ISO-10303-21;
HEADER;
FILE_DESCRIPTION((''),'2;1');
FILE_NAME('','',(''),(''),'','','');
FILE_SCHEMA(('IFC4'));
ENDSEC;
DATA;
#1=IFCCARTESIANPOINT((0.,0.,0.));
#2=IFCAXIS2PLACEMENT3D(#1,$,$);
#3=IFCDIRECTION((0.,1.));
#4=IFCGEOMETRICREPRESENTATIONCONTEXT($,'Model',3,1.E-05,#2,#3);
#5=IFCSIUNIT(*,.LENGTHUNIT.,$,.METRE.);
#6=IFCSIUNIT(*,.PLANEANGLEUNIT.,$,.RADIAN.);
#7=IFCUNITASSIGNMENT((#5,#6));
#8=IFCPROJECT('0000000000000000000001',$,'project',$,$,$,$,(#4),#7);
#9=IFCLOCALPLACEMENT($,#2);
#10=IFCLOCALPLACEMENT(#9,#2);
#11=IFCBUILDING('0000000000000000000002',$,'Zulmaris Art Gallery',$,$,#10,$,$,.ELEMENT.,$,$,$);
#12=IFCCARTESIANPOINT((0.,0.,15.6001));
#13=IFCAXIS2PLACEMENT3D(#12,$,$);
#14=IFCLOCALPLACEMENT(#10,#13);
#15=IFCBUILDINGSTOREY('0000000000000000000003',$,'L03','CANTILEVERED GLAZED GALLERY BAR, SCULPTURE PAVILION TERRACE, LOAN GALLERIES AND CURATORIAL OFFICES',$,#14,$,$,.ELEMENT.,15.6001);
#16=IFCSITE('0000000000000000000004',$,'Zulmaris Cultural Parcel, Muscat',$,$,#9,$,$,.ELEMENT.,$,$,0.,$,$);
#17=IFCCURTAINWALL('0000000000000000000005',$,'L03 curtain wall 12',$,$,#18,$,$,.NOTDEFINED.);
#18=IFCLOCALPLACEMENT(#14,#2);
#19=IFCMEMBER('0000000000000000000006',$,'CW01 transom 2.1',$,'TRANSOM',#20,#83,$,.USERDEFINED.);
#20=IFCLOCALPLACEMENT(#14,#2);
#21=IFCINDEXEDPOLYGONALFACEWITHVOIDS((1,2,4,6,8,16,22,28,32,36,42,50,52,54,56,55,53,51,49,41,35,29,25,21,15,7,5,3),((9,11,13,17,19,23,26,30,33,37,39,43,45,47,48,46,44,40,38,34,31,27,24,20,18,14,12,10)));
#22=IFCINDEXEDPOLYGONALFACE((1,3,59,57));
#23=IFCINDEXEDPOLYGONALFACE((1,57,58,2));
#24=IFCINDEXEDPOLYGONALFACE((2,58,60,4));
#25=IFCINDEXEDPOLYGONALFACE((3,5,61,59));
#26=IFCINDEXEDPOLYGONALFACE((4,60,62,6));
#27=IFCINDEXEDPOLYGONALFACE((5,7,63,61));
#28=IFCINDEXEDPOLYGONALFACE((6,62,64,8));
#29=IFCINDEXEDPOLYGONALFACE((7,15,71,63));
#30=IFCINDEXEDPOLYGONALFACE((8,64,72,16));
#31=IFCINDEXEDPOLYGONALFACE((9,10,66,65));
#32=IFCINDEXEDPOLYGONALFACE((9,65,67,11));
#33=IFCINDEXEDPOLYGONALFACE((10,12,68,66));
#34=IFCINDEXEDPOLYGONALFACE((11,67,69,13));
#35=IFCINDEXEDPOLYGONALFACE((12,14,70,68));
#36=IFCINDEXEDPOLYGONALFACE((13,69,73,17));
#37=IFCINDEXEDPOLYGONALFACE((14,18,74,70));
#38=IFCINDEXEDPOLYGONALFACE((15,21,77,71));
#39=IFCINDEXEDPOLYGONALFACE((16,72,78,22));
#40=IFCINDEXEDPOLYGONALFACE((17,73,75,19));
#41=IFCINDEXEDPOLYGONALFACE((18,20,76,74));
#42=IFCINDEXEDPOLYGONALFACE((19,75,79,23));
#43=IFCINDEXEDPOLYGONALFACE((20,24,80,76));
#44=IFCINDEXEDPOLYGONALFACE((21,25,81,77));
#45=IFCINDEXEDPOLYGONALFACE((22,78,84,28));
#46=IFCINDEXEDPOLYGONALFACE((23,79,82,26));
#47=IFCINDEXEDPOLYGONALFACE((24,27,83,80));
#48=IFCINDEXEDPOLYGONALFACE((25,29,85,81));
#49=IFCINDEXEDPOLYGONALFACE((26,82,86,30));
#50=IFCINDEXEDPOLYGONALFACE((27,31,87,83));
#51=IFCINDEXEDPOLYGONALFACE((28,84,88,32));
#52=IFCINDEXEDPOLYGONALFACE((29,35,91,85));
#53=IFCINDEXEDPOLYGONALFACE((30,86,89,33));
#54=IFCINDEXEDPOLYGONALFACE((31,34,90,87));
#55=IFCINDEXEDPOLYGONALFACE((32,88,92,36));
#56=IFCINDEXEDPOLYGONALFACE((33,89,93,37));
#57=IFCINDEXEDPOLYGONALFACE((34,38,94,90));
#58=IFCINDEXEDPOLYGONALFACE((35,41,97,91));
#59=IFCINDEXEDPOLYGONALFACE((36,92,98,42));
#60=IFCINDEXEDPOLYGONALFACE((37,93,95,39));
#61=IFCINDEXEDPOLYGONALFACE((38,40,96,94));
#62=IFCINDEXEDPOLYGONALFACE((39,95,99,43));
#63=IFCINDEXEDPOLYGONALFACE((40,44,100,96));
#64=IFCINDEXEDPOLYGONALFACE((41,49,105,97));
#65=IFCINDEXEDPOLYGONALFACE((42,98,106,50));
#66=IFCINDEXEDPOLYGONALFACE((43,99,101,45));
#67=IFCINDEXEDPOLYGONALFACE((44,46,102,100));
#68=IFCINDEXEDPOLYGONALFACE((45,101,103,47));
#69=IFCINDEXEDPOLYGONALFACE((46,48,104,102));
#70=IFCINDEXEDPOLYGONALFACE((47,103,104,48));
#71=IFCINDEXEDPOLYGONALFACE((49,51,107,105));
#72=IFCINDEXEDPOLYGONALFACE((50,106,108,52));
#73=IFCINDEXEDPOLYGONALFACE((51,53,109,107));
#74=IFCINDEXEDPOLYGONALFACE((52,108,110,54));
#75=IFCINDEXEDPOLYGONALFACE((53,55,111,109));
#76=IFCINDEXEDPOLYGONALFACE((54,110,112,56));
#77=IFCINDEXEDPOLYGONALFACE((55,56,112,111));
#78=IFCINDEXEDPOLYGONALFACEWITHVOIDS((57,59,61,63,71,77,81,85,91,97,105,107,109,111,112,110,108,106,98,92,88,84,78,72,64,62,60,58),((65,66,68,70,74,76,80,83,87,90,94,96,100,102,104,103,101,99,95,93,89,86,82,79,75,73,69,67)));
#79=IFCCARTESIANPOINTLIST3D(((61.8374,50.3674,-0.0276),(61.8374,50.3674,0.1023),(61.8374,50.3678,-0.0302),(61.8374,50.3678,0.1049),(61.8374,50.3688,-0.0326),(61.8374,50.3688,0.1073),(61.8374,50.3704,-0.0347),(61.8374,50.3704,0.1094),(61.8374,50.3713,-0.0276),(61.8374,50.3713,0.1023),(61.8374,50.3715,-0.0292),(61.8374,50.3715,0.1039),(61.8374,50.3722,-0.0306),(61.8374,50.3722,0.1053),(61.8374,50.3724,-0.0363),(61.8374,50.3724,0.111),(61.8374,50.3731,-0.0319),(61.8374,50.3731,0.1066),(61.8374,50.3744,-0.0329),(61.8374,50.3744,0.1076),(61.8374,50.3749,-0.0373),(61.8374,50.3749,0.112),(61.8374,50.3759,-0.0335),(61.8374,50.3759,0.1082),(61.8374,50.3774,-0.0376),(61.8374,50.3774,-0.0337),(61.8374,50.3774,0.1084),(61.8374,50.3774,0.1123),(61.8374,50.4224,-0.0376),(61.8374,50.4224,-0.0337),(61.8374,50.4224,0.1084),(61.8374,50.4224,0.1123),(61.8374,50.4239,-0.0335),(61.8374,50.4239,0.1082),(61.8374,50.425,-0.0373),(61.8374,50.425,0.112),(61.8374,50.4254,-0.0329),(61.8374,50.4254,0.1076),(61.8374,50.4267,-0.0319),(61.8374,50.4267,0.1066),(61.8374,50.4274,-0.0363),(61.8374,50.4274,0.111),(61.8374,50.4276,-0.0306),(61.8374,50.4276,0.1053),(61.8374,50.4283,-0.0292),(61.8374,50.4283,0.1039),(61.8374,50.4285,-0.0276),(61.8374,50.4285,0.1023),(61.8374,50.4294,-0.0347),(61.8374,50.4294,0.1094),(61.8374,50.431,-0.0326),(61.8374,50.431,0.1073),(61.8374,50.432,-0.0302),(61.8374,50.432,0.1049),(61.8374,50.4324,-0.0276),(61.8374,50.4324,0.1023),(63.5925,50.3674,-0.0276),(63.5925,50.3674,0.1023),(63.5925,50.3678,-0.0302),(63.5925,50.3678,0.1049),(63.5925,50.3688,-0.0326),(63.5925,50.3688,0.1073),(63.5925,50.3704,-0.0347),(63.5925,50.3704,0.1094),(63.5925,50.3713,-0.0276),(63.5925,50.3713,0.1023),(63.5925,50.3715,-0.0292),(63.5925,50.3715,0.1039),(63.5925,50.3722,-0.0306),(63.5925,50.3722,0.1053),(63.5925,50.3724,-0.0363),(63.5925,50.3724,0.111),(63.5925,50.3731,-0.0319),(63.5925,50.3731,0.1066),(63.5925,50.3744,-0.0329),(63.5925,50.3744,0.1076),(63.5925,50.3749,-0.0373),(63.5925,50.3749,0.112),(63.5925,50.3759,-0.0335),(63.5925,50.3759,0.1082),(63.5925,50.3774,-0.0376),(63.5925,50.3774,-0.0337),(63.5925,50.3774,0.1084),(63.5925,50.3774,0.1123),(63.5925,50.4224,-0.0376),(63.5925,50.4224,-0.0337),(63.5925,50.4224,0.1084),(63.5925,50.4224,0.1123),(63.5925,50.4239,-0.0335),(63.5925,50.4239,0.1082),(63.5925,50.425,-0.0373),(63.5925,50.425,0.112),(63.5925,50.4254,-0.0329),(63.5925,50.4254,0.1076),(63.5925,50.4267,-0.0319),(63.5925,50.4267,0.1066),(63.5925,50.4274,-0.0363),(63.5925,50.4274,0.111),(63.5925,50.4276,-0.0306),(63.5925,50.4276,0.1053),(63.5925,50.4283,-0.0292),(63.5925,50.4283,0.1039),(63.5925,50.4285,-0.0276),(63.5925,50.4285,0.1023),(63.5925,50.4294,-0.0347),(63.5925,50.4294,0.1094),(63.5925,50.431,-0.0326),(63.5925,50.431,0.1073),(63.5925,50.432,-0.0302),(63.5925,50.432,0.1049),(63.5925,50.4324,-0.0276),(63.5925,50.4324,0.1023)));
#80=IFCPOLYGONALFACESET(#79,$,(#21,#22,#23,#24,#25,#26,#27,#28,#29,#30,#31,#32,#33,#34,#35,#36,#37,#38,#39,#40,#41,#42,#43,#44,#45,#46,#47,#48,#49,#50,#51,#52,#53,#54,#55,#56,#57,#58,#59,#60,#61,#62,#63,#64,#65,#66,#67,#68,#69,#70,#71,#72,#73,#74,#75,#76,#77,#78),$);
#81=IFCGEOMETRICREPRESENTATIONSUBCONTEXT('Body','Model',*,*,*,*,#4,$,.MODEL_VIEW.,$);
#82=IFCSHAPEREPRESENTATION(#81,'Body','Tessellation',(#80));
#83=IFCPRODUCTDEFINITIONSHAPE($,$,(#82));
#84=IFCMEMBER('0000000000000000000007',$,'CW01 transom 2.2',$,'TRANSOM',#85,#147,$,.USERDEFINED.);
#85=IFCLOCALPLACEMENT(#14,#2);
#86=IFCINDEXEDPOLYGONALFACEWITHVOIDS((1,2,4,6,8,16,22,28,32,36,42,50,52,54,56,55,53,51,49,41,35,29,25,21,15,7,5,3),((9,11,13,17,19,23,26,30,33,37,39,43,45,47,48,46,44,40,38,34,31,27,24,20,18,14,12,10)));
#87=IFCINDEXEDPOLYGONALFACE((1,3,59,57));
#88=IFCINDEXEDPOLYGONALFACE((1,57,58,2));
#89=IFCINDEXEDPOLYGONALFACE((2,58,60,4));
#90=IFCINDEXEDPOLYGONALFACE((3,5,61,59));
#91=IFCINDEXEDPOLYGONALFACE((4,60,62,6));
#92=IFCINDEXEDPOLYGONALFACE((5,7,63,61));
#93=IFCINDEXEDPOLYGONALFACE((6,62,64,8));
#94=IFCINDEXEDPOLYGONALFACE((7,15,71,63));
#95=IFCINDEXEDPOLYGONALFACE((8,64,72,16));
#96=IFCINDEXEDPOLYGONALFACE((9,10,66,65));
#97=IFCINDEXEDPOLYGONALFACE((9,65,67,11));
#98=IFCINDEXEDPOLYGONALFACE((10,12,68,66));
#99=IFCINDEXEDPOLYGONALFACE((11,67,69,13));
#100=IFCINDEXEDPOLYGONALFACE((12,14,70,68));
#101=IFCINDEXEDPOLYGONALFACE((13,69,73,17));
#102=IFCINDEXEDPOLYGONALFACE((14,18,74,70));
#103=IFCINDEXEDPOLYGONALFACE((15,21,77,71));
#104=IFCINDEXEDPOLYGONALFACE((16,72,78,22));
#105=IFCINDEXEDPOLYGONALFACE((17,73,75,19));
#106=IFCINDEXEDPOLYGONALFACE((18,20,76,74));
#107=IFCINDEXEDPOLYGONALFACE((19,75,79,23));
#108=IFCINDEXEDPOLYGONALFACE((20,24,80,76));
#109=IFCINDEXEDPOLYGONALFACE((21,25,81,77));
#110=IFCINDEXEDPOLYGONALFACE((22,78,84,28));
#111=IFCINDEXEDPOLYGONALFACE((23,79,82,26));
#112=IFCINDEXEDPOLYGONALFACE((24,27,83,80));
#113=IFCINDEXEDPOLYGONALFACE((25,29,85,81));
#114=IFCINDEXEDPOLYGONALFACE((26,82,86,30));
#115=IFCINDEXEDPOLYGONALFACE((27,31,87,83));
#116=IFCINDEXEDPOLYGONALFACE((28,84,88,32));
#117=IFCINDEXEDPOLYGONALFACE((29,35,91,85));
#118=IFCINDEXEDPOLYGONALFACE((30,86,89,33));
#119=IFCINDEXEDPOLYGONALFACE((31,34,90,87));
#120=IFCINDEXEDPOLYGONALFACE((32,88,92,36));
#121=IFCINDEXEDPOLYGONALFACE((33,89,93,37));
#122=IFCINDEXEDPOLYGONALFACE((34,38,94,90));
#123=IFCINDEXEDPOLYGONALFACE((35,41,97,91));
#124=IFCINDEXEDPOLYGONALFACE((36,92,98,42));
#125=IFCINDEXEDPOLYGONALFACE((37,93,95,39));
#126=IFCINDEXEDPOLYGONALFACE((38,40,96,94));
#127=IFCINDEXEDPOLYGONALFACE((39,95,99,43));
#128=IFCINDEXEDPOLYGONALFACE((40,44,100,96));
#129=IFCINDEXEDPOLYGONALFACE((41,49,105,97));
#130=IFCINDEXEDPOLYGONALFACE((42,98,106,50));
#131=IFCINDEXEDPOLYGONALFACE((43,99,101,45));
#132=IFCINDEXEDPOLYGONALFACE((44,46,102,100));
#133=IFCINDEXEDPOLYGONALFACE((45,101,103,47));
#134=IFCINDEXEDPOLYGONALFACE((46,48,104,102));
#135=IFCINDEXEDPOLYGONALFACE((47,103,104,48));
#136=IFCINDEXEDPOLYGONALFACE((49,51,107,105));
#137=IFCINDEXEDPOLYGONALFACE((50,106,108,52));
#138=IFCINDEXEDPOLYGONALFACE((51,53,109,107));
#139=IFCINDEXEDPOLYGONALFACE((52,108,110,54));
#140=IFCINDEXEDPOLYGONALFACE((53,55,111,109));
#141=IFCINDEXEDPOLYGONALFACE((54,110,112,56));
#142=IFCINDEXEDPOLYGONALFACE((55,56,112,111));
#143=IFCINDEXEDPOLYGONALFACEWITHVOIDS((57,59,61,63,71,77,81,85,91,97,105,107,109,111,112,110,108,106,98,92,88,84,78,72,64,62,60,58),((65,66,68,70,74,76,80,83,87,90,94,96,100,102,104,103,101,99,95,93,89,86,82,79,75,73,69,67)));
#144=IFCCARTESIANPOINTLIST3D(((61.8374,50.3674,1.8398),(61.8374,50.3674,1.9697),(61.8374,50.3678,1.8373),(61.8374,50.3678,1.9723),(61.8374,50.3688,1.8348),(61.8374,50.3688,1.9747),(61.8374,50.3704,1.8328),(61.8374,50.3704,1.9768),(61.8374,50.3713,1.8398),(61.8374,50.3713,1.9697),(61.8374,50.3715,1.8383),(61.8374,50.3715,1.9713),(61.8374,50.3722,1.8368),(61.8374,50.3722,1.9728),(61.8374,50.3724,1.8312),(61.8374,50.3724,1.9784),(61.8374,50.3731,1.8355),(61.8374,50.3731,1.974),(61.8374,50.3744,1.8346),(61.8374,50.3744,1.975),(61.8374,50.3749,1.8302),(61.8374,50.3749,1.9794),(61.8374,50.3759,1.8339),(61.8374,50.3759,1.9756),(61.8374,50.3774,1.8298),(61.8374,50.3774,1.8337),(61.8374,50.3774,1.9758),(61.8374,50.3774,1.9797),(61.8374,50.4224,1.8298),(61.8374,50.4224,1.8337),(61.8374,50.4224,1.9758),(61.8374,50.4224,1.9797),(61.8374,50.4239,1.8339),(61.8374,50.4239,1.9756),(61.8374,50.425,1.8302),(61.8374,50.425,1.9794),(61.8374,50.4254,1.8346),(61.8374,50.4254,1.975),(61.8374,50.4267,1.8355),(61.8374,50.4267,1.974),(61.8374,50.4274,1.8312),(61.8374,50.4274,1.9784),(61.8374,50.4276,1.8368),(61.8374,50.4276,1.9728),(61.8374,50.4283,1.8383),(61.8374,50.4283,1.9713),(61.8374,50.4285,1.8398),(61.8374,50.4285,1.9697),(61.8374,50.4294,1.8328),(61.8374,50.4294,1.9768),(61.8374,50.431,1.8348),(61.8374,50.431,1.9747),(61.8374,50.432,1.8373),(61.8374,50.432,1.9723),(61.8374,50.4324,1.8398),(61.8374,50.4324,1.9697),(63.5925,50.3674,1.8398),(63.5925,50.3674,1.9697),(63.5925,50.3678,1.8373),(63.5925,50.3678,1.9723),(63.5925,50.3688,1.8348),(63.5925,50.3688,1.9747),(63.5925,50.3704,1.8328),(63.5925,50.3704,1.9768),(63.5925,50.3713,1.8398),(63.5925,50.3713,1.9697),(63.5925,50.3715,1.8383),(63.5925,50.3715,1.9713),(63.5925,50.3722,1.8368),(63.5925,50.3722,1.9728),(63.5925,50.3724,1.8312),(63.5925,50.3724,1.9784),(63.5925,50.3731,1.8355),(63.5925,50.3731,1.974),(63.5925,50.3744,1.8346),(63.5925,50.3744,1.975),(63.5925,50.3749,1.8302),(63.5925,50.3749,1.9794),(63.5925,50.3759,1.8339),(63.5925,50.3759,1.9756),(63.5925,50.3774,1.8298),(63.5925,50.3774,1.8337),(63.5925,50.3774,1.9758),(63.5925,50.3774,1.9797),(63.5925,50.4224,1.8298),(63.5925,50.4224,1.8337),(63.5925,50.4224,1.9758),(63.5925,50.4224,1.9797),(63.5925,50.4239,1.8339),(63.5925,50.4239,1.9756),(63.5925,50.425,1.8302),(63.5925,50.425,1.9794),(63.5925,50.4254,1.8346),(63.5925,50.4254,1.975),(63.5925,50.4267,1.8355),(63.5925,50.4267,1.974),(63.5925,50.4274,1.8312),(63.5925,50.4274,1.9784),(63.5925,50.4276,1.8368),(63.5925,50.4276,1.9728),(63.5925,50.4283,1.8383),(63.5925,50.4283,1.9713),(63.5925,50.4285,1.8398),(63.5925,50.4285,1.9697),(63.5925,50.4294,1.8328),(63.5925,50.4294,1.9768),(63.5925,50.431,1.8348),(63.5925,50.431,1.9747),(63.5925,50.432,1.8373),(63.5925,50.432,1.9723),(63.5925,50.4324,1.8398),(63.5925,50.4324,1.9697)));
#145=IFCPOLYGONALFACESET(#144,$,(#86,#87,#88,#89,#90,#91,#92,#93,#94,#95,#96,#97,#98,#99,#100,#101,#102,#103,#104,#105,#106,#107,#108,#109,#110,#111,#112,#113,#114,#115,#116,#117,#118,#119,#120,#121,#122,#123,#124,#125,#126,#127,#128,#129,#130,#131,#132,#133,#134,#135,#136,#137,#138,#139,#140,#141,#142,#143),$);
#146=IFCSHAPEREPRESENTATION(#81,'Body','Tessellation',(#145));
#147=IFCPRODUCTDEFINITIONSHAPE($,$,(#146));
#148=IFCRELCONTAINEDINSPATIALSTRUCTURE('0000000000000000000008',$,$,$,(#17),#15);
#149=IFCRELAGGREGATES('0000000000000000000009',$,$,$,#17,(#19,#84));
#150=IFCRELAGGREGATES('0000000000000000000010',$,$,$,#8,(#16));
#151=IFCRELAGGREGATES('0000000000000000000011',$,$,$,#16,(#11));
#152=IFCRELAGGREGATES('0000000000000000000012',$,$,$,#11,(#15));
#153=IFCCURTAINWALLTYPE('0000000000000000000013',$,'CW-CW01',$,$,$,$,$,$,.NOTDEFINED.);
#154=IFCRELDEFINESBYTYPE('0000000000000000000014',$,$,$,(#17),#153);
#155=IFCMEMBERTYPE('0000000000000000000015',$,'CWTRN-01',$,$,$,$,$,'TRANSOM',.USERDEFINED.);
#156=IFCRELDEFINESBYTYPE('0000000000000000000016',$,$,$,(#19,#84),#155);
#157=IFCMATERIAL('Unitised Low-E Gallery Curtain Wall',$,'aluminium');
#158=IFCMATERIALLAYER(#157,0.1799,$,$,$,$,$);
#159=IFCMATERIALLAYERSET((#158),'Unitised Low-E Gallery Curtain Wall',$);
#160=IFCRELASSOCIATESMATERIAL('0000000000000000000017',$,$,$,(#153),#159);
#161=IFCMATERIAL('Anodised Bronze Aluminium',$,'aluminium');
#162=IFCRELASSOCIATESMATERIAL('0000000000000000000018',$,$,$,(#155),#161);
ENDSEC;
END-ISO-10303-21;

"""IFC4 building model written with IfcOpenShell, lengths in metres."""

from ifc_helpers import new_model, si_unit, direction, frame, origin, origin_2d, place, context, subcontext, project, spatial, hollow_rectangle, extrude, material, layer, layer_set, material_profile, profile_set, type_object, element, aggregate, save


model = new_model("IFC4")

# Units and contexts
model_context = context("Model", 3, precision=1e-05, world=origin(), true_north=direction((0.0, 1.0)))
body_context = subcontext(model_context, "Body", "Model", "MODEL_VIEW")
ifc_project = project(units=[si_unit("LENGTHUNIT", "METRE"), si_unit("PLANEANGLEUNIT", "RADIAN")], contexts=[model_context])

# Site, building, storey
site_placement = place(None, origin())
site = spatial("IfcSite", under=ifc_project, at=site_placement, Name="Zulmaris Cultural Parcel, Muscat", CompositionType="ELEMENT", RefElevation=0.0)
building_placement = place(site_placement, origin())
building = spatial("IfcBuilding", under=site, at=building_placement, Name="Zulmaris Art Gallery", CompositionType="ELEMENT")
storey_placement = place(building_placement, frame((0.0, 0.0, 15.6001)))
storey = spatial("IfcBuildingStorey", under=building, at=storey_placement, Name="L03", Description="CANTILEVERED GLAZED GALLERY BAR, SCULPTURE PAVILION TERRACE, LOAN GALLERIES AND CURATORIAL OFFICES", CompositionType="ELEMENT", Elevation=15.6001)

# Curtain wall
ifc_material_1 = material(Name="Unitised Low-E Gallery Curtain Wall", Category="aluminium")
ifc_layer_1 = layer(ifc_material_1, 0.1799)
ifc_layer_set_1 = layer_set([ifc_layer_1], Name="Unitised Low-E Gallery Curtain Wall")
curtain_wall_type = type_object("IfcCurtainWallType", Name="CW-CW01", PredefinedType="NOTDEFINED", material=ifc_layer_set_1)
curtain_wall_1_placement = place(storey_placement, origin())
curtain_wall_1 = element("IfcCurtainWall", 1, at=curtain_wall_1_placement, inside=storey, type_object=curtain_wall_type, Name="L03 curtain wall 12", PredefinedType="NOTDEFINED")
ifc_material_2 = material(Name="Anodised Bronze Aluminium", Category="aluminium")

# Members
ifc_material_profile_1 = material_profile(ifc_material_2, hollow_rectangle(XDim=0.0649, YDim=0.1499, WallThickness=0.0039, InnerFilletRadius=0.0061, OuterFilletRadius=0.01, at=origin_2d()), Name="ALU 65x150x4")
ifc_profile_set_1 = profile_set([ifc_material_profile_1], Name="Anodised Bronze Aluminium")
member_type_1 = type_object("IfcMemberType", Name="CWTRN-01", ElementType="TRANSOM", PredefinedType="USERDEFINED", material=ifc_profile_set_1)
member_1_placement = place(storey_placement, frame((63.5925, 50.3999, 0.0374), z_axis=(-1.0, 0.0, 0.0), x_axis=(0.0, -1.0, 0.0)))
member_1 = element("IfcMember", 2, at=member_1_placement, type_object=member_type_1, Name="CW01 transom 2.1", ObjectType="TRANSOM", PredefinedType="USERDEFINED", context=body_context, shape_type="SweptSolid", body=[
    extrude(hollow_rectangle(XDim=0.0649, YDim=0.1499, WallThickness=0.0039, InnerFilletRadius=0.0061, OuterFilletRadius=0.01, at=origin_2d()), origin(), (0.0, 0.0, 1.0), 1.7551),
])
member_2_placement = place(storey_placement, frame((63.5925, 50.3999, 1.9048), z_axis=(-1.0, 0.0, 0.0), x_axis=(0.0, -1.0, 0.0)))
member_2 = element("IfcMember", 3, at=member_2_placement, type_object=member_type_1, Name="CW01 transom 2.2", ObjectType="TRANSOM", PredefinedType="USERDEFINED", context=body_context, shape_type="SweptSolid", body=[
    extrude(hollow_rectangle(XDim=0.0649, YDim=0.1499, WallThickness=0.0039, InnerFilletRadius=0.0061, OuterFilletRadius=0.01, at=origin_2d()), origin(), (0.0, 0.0, 1.0), 1.7551),
])

aggregate(curtain_wall_1, [member_1, member_2])

save(model, "model.ifc")
